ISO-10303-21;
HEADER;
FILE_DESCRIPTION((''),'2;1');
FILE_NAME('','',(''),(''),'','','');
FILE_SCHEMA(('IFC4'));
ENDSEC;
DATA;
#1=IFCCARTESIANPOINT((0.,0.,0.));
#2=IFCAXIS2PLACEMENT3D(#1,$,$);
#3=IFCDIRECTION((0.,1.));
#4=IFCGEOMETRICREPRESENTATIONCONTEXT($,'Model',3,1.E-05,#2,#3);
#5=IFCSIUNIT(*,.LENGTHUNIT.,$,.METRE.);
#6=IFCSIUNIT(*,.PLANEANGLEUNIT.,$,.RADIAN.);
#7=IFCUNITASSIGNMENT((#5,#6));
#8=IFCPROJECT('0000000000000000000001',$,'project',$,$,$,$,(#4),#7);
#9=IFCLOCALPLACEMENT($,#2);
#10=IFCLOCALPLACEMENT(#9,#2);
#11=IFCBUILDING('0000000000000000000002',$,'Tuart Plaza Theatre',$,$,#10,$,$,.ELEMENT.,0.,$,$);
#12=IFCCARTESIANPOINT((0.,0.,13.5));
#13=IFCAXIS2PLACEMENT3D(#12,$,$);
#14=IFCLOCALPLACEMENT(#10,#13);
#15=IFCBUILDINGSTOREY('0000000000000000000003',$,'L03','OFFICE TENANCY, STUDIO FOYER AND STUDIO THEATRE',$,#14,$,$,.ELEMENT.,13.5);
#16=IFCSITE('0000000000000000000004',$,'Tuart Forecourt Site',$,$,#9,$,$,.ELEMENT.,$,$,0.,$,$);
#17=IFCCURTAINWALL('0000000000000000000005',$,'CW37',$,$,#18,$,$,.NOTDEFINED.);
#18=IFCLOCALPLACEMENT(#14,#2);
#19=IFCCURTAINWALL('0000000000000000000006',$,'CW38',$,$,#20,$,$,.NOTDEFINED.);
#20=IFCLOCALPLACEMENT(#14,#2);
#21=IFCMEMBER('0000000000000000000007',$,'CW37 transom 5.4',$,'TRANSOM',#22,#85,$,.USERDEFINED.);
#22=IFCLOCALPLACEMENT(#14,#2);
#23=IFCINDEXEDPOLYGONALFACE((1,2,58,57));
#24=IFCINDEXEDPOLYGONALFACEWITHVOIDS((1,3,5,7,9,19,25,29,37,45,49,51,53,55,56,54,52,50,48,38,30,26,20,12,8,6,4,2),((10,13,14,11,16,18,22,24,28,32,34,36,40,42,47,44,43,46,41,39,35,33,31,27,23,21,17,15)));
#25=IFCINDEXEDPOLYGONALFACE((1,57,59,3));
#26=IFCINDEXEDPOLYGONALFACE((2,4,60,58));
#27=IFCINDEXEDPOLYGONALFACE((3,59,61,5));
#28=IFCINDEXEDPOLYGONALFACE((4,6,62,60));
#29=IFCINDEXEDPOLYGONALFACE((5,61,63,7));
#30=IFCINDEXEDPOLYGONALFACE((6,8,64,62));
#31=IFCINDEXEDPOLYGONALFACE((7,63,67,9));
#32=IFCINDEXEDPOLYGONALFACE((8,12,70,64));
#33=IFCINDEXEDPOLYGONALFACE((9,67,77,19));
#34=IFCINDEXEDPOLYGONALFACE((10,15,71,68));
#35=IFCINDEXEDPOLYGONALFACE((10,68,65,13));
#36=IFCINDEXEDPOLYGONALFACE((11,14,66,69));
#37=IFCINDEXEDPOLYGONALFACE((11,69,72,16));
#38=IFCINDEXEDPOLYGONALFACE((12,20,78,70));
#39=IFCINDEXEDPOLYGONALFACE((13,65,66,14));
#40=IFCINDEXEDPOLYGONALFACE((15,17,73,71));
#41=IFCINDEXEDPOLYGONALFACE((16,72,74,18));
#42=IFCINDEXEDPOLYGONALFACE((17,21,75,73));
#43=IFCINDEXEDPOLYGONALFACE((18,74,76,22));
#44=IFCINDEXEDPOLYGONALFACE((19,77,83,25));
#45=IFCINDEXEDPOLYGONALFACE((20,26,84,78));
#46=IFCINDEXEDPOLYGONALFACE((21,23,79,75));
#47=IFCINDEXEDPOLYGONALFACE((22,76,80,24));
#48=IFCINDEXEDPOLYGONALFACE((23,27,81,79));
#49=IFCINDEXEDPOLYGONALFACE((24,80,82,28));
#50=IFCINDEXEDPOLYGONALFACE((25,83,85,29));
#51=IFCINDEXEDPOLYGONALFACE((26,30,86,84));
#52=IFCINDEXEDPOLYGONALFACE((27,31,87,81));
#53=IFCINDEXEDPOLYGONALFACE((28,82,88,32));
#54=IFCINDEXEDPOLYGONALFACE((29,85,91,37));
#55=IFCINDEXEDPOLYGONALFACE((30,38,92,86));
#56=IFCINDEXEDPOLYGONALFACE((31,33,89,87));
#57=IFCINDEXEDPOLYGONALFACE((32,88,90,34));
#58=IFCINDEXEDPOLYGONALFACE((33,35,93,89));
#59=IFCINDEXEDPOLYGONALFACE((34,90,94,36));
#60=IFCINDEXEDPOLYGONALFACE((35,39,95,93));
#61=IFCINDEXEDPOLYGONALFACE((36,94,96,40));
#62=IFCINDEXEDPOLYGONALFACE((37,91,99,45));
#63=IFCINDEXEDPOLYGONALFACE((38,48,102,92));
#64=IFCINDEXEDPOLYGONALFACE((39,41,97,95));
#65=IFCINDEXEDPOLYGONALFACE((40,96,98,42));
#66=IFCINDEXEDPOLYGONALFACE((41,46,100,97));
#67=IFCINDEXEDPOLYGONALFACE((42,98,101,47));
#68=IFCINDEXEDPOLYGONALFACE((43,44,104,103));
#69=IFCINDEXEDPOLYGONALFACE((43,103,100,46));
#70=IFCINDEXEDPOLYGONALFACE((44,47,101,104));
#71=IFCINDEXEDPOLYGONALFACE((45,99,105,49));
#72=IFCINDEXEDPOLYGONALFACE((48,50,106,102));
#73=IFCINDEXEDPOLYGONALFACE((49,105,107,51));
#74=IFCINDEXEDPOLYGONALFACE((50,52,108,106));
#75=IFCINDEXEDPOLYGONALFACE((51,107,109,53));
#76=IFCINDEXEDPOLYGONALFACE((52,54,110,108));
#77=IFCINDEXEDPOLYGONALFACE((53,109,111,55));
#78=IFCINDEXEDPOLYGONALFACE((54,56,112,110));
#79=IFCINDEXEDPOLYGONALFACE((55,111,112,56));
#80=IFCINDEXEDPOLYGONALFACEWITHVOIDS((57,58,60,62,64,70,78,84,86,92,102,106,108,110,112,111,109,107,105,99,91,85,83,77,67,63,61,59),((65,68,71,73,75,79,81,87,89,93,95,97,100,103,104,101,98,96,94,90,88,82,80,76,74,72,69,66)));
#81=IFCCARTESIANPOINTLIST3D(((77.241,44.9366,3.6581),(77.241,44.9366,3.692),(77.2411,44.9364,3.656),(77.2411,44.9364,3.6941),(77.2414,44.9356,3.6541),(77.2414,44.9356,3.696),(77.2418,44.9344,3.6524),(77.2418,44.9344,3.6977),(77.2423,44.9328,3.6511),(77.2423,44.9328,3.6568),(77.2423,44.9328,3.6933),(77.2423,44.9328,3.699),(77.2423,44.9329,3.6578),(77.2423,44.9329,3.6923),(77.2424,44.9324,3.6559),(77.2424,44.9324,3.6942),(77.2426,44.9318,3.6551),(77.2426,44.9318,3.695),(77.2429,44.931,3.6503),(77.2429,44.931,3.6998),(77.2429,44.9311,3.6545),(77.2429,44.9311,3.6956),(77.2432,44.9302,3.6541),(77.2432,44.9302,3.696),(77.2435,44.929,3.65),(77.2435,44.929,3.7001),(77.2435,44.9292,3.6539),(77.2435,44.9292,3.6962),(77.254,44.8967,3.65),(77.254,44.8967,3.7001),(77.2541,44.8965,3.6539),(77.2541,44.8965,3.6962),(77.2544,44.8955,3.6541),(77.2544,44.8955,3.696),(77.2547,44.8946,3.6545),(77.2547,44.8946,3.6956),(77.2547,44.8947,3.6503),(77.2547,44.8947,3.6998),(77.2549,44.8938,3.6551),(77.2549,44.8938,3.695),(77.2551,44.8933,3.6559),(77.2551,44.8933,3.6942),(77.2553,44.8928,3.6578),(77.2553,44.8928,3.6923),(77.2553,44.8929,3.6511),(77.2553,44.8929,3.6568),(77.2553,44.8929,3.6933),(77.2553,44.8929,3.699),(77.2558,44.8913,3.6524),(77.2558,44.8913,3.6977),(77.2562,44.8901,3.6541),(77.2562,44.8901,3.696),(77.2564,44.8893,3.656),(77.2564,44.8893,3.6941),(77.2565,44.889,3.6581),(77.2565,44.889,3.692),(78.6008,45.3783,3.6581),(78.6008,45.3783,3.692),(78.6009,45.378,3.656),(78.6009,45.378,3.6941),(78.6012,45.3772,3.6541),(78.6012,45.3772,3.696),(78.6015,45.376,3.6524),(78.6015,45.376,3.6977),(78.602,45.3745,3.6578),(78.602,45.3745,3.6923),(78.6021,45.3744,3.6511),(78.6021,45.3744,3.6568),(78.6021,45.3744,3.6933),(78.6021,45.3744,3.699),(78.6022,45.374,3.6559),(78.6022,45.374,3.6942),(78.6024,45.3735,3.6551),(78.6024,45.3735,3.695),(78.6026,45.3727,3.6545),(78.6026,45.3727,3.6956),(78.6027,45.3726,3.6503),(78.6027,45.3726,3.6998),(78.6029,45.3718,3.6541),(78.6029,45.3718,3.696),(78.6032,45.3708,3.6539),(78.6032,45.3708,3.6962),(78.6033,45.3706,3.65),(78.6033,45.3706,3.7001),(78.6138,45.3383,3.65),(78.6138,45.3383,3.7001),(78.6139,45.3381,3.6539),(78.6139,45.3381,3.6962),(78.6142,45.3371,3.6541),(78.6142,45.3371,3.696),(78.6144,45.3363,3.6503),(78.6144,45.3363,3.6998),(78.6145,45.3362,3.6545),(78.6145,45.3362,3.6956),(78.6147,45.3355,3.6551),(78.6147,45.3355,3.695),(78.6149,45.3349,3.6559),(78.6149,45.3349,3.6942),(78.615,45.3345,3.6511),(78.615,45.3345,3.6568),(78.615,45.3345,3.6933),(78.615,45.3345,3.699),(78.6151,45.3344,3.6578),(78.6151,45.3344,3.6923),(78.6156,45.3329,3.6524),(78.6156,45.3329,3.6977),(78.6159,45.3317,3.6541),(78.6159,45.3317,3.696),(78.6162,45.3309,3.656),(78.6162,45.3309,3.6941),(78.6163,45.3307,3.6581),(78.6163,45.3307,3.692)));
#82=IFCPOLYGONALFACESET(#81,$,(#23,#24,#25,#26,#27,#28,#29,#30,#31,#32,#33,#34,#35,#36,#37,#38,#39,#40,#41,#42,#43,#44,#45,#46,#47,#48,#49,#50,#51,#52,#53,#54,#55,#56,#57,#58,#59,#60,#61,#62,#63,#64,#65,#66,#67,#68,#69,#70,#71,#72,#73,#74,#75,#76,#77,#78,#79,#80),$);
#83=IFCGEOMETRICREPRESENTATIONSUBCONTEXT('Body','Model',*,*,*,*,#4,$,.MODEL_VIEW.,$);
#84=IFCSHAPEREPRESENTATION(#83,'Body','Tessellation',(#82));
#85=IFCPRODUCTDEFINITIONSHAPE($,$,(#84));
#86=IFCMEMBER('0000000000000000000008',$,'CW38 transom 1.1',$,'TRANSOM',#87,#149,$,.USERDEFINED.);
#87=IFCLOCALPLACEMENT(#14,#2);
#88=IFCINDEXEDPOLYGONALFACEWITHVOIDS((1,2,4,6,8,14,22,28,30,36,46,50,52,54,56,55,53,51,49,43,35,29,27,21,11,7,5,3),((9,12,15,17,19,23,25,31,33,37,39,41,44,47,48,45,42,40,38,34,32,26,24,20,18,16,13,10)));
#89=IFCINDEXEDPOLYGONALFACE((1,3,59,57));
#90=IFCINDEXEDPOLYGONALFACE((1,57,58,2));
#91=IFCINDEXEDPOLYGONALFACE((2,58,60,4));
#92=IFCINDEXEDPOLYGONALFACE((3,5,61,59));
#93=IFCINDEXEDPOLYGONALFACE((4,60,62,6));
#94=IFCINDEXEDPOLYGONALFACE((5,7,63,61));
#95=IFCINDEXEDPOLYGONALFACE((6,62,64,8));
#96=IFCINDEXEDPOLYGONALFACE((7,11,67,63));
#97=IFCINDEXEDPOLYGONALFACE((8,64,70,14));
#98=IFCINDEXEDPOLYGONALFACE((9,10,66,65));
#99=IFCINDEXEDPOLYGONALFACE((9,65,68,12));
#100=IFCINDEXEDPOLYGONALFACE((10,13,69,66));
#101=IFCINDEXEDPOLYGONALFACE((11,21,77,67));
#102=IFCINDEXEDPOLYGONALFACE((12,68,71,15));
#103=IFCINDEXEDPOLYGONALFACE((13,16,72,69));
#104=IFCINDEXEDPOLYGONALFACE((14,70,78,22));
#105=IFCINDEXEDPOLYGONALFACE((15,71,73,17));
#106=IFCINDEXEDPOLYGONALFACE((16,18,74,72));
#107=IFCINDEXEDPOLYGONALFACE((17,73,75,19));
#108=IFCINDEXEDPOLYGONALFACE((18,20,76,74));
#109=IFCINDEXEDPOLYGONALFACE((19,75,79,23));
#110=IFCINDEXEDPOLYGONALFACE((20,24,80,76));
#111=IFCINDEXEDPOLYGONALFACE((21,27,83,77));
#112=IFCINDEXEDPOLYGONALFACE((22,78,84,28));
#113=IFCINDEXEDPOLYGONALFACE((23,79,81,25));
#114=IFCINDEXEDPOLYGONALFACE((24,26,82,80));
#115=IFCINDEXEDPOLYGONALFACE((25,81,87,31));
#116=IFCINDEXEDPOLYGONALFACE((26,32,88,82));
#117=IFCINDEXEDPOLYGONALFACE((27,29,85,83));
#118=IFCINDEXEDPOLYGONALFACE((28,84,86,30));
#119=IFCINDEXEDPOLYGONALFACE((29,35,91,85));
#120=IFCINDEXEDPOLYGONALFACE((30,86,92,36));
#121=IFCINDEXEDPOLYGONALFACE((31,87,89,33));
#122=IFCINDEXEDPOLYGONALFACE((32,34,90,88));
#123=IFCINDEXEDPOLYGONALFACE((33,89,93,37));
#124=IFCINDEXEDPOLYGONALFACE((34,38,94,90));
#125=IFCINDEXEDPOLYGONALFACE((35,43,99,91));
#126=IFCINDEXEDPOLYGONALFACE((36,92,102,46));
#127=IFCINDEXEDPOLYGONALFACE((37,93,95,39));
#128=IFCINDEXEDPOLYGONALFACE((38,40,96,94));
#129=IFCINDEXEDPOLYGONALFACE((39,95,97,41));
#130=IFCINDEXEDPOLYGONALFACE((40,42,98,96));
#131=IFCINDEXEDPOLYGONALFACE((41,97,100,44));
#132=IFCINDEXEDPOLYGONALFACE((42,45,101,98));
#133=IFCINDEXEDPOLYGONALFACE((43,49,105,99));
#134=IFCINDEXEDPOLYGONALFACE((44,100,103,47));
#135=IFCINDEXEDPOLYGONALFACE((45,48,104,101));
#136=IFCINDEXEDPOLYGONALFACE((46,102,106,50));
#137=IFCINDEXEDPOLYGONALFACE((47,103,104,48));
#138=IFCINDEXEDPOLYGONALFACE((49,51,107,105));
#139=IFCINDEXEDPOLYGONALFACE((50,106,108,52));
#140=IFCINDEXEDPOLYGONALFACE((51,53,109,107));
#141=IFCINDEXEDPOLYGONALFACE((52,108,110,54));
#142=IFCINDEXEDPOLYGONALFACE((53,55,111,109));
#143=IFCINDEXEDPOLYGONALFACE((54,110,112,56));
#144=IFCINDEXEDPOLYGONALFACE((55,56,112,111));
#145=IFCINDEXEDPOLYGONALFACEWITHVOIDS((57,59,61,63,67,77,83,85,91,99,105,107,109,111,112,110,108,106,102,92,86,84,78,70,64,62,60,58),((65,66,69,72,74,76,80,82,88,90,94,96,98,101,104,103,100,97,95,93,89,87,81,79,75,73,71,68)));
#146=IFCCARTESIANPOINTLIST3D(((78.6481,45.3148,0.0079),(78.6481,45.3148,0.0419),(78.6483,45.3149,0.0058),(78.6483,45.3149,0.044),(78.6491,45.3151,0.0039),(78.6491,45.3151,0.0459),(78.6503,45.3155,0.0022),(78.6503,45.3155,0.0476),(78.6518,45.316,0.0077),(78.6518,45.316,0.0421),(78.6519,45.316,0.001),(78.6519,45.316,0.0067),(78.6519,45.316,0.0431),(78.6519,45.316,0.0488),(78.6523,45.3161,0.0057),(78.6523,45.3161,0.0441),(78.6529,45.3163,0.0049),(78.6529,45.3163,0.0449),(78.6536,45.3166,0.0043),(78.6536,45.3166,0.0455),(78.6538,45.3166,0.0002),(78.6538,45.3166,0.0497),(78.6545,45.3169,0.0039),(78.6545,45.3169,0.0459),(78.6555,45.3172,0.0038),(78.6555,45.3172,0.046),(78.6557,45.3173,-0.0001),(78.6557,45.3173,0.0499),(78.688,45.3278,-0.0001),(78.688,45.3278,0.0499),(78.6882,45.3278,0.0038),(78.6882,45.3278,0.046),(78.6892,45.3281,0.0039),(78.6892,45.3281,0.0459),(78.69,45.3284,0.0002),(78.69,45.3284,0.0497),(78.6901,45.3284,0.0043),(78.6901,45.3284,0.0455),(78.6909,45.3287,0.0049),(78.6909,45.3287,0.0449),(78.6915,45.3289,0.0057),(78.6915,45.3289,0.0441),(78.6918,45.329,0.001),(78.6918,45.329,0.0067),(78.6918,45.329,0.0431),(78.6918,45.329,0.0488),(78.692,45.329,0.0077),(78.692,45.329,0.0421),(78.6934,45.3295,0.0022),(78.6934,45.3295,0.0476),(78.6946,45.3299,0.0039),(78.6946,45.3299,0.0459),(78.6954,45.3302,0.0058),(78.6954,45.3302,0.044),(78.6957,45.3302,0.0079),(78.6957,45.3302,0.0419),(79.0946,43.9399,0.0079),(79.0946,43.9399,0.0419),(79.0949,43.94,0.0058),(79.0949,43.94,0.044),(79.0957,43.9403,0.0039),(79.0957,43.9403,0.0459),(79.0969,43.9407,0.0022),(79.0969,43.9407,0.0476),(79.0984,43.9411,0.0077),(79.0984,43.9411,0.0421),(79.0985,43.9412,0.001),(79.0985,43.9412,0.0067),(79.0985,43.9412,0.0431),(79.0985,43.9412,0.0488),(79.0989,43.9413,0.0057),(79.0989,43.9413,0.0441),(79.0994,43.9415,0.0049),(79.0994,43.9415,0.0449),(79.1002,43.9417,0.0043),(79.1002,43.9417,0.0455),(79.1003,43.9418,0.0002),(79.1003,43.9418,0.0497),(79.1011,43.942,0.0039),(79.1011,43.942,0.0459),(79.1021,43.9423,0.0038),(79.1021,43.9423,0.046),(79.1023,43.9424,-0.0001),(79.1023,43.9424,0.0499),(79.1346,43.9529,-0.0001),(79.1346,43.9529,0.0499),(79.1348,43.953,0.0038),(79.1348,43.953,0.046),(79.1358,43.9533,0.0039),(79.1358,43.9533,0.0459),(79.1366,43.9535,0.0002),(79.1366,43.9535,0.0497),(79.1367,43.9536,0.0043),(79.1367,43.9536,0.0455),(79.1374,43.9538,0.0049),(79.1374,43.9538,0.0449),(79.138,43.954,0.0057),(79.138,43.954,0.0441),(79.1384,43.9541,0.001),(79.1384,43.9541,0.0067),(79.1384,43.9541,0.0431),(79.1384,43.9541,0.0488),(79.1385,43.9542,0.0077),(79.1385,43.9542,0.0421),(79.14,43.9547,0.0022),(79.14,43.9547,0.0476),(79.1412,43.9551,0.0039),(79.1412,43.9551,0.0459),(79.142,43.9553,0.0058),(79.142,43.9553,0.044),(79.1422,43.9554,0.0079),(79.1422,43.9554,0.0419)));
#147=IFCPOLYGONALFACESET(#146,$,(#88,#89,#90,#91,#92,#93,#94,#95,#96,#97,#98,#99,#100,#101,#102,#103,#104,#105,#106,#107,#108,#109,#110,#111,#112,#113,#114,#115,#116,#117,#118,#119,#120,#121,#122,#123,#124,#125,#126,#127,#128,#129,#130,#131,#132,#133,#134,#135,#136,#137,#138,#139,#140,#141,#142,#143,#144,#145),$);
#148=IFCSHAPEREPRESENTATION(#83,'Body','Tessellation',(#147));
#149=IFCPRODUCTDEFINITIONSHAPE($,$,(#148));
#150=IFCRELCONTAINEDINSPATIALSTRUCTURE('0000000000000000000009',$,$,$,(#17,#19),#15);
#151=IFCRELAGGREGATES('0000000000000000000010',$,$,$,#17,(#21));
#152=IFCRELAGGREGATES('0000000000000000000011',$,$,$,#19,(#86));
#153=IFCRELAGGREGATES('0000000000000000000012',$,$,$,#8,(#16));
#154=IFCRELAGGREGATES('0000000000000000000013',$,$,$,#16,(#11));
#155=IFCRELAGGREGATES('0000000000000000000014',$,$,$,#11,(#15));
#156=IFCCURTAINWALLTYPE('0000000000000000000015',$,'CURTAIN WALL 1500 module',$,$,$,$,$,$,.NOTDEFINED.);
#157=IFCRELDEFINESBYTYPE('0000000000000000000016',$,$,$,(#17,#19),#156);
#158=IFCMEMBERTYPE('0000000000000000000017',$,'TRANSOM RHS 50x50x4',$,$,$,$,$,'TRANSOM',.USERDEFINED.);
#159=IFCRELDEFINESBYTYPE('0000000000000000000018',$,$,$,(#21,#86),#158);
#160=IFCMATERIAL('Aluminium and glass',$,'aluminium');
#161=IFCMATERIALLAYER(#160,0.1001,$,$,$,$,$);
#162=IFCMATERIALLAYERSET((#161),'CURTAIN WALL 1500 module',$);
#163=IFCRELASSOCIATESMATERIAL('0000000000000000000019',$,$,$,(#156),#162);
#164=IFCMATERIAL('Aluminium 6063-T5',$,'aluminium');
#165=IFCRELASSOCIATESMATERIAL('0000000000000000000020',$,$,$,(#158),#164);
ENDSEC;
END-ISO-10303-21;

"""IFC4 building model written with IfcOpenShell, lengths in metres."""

from ifc_helpers import new_model, si_unit, direction, frame, origin, origin_2d, place, context, subcontext, project, spatial, hollow_rectangle, extrude, material, layer, layer_set, material_profile, profile_set, type_object, element, aggregate, save


model = new_model("IFC4")

# Units and contexts
model_context = context("Model", 3, precision=1e-05, world=origin(), true_north=direction((0.0, 1.0)))
body_context = subcontext(model_context, "Body", "Model", "MODEL_VIEW")
ifc_project = project(units=[si_unit("LENGTHUNIT", "METRE"), si_unit("PLANEANGLEUNIT", "RADIAN")], contexts=[model_context])

# Site, building, storey
site_placement = place(None, origin())
site = spatial("IfcSite", under=ifc_project, at=site_placement, Name="Tuart Forecourt Site", CompositionType="ELEMENT", RefElevation=0.0)
building_placement = place(site_placement, origin())
building = spatial("IfcBuilding", under=site, at=building_placement, Name="Tuart Plaza Theatre", CompositionType="ELEMENT", ElevationOfRefHeight=0.0)
storey_placement = place(building_placement, frame((0.0, 0.0, 13.5)))
storey = spatial("IfcBuildingStorey", under=building, at=storey_placement, Name="L03", Description="OFFICE TENANCY, STUDIO FOYER AND STUDIO THEATRE", CompositionType="ELEMENT", Elevation=13.5)

# Curtain wall
ifc_material_1 = material(Name="Aluminium and glass", Category="aluminium")
ifc_layer_1 = layer(ifc_material_1, 0.1001)
ifc_layer_set_1 = layer_set([ifc_layer_1], Name="CURTAIN WALL 1500 module")
curtain_wall_type = type_object("IfcCurtainWallType", Name="CURTAIN WALL 1500 module", PredefinedType="NOTDEFINED", material=ifc_layer_set_1)
curtain_wall_1_placement = place(storey_placement, origin())
curtain_wall_1 = element("IfcCurtainWall", 1, at=curtain_wall_1_placement, inside=storey, type_object=curtain_wall_type, Name="CW37", PredefinedType="NOTDEFINED")

# Curtain wall
curtain_wall_2_placement = place(storey_placement, origin())
curtain_wall_2 = element("IfcCurtainWall", 2, at=curtain_wall_2_placement, inside=storey, type_object=curtain_wall_type, Name="CW38", PredefinedType="NOTDEFINED")

# Members
ifc_material_2 = material(Name="Aluminium 6063-T5", Category="aluminium")
ifc_material_profile_1 = material_profile(ifc_material_2, hollow_rectangle(XDim=0.05, YDim=0.05, WallThickness=0.0039, InnerFilletRadius=0.0039, OuterFilletRadius=0.0081, at=origin_2d()), Name="RHS 50x50x4")
ifc_profile_set_1 = profile_set([ifc_material_profile_1], Name="Aluminium 6063-T5")
member_type_1 = type_object("IfcMemberType", Name="TRANSOM RHS 50x50x4", ElementType="TRANSOM", PredefinedType="USERDEFINED", material=ifc_profile_set_1)
member_1_placement = place(storey_placement, frame((77.2488, 44.9128, 3.675), z_axis=(0.951097, 0.308893, 0.0), x_axis=(-0.308893, 0.951097, 0.0)))
member_1 = element("IfcMember", 3, at=member_1_placement, type_object=member_type_1, Name="CW37 transom 5.4", ObjectType="TRANSOM", PredefinedType="USERDEFINED", context=body_context, shape_type="SweptSolid", body=[
    extrude(hollow_rectangle(XDim=0.05, YDim=0.05, WallThickness=0.0039, InnerFilletRadius=0.0039, OuterFilletRadius=0.0081, at=origin_2d()), origin(), (0.0, 0.0, 1.0), 1.4297),
])
member_2_placement = place(storey_placement, frame((78.6719, 45.3225, 0.0249), z_axis=(0.308922, -0.951087, 0.0), x_axis=(0.951087, 0.308922, 0.0)))
member_2 = element("IfcMember", 4, at=member_2_placement, type_object=member_type_1, Name="CW38 transom 1.1", ObjectType="TRANSOM", PredefinedType="USERDEFINED", context=body_context, shape_type="SweptSolid", body=[
    extrude(hollow_rectangle(XDim=0.05, YDim=0.05, WallThickness=0.0039, InnerFilletRadius=0.0039, OuterFilletRadius=0.0081, at=origin_2d()), origin(), (0.0, 0.0, 1.0), 1.4456),
])

aggregate(curtain_wall_1, [member_1])
aggregate(curtain_wall_2, [member_2])

save(model, "model.ifc")
